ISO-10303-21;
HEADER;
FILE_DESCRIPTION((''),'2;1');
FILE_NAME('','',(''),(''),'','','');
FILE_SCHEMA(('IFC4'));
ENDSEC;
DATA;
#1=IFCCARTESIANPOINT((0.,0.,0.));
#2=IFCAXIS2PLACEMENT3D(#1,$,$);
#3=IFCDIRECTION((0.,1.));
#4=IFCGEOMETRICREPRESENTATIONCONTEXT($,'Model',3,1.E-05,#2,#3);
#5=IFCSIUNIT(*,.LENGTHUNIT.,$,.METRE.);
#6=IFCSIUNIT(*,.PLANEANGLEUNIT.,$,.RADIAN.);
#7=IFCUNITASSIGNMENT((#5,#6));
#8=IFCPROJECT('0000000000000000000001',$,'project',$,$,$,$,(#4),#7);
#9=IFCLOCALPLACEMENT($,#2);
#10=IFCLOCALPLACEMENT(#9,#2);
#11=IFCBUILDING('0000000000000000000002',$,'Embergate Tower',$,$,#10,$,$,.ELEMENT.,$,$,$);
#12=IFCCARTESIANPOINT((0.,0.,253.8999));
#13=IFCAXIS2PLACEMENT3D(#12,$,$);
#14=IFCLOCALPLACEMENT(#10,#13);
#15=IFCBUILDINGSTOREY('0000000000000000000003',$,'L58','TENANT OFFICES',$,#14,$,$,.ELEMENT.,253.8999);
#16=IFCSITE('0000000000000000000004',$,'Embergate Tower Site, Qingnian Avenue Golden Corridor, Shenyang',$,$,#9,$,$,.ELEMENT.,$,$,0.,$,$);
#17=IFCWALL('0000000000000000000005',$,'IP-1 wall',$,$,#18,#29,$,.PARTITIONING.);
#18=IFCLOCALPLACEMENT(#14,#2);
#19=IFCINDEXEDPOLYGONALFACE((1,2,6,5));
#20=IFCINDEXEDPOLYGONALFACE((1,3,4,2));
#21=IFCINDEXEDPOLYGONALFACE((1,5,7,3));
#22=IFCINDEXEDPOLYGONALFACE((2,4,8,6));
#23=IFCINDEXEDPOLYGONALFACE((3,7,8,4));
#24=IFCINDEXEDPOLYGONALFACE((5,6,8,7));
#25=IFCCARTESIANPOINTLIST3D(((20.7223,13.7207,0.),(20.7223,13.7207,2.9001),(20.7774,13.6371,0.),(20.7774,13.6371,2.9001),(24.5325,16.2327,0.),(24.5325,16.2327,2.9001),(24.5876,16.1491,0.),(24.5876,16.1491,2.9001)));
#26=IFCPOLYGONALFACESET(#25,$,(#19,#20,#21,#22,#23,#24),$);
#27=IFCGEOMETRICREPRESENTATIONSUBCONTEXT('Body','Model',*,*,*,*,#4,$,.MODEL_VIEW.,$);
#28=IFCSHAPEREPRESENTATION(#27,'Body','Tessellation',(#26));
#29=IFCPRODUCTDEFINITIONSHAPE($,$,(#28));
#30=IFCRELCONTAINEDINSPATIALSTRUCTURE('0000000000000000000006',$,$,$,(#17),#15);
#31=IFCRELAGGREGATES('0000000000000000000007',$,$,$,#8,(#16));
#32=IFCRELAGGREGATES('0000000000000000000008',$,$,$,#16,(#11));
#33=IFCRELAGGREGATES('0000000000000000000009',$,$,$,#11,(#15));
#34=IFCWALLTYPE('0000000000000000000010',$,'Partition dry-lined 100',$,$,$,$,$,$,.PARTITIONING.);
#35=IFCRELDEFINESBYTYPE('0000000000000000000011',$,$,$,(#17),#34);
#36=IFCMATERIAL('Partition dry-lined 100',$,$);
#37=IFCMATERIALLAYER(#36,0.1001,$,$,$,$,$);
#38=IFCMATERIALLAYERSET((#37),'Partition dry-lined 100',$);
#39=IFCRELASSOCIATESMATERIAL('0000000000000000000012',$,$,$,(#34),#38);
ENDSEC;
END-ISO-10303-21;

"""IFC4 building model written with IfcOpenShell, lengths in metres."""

from ifc_helpers import new_model, si_unit, direction, frame, frame_2d, origin, place, context, subcontext, project, spatial, rectangle, extrude, source, transform, mapped, material, layer, layer_set, type_object, element, save


model = new_model("IFC4")

# Units and contexts
model_context = context("Model", 3, precision=1e-05, world=origin(), true_north=direction((0.0, 1.0)))
body_context = subcontext(model_context, "Body", "Model", "MODEL_VIEW")
ifc_project = project(units=[si_unit("LENGTHUNIT", "METRE"), si_unit("PLANEANGLEUNIT", "RADIAN")], contexts=[model_context])

# Site, building, storey
site_placement = place(None, origin())
site = spatial("IfcSite", under=ifc_project, at=site_placement, Name="Embergate Tower Site, Qingnian Avenue Golden Corridor, Shenyang", CompositionType="ELEMENT", RefElevation=0.0)
building_placement = place(site_placement, origin())
building = spatial("IfcBuilding", under=site, at=building_placement, Name="Embergate Tower", CompositionType="ELEMENT")
storey_placement = place(building_placement, frame((0.0, 0.0, 253.8999)))
storey = spatial("IfcBuildingStorey", under=building, at=storey_placement, Name="L58", Description="TENANT OFFICES", CompositionType="ELEMENT", Elevation=253.8999)

# Wall
ifc_material_1 = material(Name="Partition dry-lined 100")
ifc_layer_1 = layer(ifc_material_1, 0.1001)
ifc_layer_set_1 = layer_set([ifc_layer_1], Name="Partition dry-lined 100")
wall_type = type_object("IfcWallType", Name="Partition dry-lined 100", PredefinedType="PARTITIONING", material=ifc_layer_set_1)
shared_shape_1 = source(origin(), body_context, "Body", "SweptSolid", [
    extrude(rectangle(XDim=4.5637, YDim=0.1001, at=frame_2d((2.2817, 0.0))), origin(), (0.0, 0.0, 1.0), 2.9001),
])
wall_placement = place(storey_placement, frame((20.75, 13.679, 0.0), z_axis=(0.0, 0.0, 1.0), x_axis=(0.834879, 0.550434, 0.0)))
element("IfcWall", 1, at=wall_placement, inside=storey, type_object=wall_type, Name="IP-1 wall", PredefinedType="PARTITIONING", context=body_context, shape_type="MappedRepresentation", body=[
    mapped(shared_shape_1, transform((0.0, 0.0, 0.0))),
])

save(model, "model.ifc")
